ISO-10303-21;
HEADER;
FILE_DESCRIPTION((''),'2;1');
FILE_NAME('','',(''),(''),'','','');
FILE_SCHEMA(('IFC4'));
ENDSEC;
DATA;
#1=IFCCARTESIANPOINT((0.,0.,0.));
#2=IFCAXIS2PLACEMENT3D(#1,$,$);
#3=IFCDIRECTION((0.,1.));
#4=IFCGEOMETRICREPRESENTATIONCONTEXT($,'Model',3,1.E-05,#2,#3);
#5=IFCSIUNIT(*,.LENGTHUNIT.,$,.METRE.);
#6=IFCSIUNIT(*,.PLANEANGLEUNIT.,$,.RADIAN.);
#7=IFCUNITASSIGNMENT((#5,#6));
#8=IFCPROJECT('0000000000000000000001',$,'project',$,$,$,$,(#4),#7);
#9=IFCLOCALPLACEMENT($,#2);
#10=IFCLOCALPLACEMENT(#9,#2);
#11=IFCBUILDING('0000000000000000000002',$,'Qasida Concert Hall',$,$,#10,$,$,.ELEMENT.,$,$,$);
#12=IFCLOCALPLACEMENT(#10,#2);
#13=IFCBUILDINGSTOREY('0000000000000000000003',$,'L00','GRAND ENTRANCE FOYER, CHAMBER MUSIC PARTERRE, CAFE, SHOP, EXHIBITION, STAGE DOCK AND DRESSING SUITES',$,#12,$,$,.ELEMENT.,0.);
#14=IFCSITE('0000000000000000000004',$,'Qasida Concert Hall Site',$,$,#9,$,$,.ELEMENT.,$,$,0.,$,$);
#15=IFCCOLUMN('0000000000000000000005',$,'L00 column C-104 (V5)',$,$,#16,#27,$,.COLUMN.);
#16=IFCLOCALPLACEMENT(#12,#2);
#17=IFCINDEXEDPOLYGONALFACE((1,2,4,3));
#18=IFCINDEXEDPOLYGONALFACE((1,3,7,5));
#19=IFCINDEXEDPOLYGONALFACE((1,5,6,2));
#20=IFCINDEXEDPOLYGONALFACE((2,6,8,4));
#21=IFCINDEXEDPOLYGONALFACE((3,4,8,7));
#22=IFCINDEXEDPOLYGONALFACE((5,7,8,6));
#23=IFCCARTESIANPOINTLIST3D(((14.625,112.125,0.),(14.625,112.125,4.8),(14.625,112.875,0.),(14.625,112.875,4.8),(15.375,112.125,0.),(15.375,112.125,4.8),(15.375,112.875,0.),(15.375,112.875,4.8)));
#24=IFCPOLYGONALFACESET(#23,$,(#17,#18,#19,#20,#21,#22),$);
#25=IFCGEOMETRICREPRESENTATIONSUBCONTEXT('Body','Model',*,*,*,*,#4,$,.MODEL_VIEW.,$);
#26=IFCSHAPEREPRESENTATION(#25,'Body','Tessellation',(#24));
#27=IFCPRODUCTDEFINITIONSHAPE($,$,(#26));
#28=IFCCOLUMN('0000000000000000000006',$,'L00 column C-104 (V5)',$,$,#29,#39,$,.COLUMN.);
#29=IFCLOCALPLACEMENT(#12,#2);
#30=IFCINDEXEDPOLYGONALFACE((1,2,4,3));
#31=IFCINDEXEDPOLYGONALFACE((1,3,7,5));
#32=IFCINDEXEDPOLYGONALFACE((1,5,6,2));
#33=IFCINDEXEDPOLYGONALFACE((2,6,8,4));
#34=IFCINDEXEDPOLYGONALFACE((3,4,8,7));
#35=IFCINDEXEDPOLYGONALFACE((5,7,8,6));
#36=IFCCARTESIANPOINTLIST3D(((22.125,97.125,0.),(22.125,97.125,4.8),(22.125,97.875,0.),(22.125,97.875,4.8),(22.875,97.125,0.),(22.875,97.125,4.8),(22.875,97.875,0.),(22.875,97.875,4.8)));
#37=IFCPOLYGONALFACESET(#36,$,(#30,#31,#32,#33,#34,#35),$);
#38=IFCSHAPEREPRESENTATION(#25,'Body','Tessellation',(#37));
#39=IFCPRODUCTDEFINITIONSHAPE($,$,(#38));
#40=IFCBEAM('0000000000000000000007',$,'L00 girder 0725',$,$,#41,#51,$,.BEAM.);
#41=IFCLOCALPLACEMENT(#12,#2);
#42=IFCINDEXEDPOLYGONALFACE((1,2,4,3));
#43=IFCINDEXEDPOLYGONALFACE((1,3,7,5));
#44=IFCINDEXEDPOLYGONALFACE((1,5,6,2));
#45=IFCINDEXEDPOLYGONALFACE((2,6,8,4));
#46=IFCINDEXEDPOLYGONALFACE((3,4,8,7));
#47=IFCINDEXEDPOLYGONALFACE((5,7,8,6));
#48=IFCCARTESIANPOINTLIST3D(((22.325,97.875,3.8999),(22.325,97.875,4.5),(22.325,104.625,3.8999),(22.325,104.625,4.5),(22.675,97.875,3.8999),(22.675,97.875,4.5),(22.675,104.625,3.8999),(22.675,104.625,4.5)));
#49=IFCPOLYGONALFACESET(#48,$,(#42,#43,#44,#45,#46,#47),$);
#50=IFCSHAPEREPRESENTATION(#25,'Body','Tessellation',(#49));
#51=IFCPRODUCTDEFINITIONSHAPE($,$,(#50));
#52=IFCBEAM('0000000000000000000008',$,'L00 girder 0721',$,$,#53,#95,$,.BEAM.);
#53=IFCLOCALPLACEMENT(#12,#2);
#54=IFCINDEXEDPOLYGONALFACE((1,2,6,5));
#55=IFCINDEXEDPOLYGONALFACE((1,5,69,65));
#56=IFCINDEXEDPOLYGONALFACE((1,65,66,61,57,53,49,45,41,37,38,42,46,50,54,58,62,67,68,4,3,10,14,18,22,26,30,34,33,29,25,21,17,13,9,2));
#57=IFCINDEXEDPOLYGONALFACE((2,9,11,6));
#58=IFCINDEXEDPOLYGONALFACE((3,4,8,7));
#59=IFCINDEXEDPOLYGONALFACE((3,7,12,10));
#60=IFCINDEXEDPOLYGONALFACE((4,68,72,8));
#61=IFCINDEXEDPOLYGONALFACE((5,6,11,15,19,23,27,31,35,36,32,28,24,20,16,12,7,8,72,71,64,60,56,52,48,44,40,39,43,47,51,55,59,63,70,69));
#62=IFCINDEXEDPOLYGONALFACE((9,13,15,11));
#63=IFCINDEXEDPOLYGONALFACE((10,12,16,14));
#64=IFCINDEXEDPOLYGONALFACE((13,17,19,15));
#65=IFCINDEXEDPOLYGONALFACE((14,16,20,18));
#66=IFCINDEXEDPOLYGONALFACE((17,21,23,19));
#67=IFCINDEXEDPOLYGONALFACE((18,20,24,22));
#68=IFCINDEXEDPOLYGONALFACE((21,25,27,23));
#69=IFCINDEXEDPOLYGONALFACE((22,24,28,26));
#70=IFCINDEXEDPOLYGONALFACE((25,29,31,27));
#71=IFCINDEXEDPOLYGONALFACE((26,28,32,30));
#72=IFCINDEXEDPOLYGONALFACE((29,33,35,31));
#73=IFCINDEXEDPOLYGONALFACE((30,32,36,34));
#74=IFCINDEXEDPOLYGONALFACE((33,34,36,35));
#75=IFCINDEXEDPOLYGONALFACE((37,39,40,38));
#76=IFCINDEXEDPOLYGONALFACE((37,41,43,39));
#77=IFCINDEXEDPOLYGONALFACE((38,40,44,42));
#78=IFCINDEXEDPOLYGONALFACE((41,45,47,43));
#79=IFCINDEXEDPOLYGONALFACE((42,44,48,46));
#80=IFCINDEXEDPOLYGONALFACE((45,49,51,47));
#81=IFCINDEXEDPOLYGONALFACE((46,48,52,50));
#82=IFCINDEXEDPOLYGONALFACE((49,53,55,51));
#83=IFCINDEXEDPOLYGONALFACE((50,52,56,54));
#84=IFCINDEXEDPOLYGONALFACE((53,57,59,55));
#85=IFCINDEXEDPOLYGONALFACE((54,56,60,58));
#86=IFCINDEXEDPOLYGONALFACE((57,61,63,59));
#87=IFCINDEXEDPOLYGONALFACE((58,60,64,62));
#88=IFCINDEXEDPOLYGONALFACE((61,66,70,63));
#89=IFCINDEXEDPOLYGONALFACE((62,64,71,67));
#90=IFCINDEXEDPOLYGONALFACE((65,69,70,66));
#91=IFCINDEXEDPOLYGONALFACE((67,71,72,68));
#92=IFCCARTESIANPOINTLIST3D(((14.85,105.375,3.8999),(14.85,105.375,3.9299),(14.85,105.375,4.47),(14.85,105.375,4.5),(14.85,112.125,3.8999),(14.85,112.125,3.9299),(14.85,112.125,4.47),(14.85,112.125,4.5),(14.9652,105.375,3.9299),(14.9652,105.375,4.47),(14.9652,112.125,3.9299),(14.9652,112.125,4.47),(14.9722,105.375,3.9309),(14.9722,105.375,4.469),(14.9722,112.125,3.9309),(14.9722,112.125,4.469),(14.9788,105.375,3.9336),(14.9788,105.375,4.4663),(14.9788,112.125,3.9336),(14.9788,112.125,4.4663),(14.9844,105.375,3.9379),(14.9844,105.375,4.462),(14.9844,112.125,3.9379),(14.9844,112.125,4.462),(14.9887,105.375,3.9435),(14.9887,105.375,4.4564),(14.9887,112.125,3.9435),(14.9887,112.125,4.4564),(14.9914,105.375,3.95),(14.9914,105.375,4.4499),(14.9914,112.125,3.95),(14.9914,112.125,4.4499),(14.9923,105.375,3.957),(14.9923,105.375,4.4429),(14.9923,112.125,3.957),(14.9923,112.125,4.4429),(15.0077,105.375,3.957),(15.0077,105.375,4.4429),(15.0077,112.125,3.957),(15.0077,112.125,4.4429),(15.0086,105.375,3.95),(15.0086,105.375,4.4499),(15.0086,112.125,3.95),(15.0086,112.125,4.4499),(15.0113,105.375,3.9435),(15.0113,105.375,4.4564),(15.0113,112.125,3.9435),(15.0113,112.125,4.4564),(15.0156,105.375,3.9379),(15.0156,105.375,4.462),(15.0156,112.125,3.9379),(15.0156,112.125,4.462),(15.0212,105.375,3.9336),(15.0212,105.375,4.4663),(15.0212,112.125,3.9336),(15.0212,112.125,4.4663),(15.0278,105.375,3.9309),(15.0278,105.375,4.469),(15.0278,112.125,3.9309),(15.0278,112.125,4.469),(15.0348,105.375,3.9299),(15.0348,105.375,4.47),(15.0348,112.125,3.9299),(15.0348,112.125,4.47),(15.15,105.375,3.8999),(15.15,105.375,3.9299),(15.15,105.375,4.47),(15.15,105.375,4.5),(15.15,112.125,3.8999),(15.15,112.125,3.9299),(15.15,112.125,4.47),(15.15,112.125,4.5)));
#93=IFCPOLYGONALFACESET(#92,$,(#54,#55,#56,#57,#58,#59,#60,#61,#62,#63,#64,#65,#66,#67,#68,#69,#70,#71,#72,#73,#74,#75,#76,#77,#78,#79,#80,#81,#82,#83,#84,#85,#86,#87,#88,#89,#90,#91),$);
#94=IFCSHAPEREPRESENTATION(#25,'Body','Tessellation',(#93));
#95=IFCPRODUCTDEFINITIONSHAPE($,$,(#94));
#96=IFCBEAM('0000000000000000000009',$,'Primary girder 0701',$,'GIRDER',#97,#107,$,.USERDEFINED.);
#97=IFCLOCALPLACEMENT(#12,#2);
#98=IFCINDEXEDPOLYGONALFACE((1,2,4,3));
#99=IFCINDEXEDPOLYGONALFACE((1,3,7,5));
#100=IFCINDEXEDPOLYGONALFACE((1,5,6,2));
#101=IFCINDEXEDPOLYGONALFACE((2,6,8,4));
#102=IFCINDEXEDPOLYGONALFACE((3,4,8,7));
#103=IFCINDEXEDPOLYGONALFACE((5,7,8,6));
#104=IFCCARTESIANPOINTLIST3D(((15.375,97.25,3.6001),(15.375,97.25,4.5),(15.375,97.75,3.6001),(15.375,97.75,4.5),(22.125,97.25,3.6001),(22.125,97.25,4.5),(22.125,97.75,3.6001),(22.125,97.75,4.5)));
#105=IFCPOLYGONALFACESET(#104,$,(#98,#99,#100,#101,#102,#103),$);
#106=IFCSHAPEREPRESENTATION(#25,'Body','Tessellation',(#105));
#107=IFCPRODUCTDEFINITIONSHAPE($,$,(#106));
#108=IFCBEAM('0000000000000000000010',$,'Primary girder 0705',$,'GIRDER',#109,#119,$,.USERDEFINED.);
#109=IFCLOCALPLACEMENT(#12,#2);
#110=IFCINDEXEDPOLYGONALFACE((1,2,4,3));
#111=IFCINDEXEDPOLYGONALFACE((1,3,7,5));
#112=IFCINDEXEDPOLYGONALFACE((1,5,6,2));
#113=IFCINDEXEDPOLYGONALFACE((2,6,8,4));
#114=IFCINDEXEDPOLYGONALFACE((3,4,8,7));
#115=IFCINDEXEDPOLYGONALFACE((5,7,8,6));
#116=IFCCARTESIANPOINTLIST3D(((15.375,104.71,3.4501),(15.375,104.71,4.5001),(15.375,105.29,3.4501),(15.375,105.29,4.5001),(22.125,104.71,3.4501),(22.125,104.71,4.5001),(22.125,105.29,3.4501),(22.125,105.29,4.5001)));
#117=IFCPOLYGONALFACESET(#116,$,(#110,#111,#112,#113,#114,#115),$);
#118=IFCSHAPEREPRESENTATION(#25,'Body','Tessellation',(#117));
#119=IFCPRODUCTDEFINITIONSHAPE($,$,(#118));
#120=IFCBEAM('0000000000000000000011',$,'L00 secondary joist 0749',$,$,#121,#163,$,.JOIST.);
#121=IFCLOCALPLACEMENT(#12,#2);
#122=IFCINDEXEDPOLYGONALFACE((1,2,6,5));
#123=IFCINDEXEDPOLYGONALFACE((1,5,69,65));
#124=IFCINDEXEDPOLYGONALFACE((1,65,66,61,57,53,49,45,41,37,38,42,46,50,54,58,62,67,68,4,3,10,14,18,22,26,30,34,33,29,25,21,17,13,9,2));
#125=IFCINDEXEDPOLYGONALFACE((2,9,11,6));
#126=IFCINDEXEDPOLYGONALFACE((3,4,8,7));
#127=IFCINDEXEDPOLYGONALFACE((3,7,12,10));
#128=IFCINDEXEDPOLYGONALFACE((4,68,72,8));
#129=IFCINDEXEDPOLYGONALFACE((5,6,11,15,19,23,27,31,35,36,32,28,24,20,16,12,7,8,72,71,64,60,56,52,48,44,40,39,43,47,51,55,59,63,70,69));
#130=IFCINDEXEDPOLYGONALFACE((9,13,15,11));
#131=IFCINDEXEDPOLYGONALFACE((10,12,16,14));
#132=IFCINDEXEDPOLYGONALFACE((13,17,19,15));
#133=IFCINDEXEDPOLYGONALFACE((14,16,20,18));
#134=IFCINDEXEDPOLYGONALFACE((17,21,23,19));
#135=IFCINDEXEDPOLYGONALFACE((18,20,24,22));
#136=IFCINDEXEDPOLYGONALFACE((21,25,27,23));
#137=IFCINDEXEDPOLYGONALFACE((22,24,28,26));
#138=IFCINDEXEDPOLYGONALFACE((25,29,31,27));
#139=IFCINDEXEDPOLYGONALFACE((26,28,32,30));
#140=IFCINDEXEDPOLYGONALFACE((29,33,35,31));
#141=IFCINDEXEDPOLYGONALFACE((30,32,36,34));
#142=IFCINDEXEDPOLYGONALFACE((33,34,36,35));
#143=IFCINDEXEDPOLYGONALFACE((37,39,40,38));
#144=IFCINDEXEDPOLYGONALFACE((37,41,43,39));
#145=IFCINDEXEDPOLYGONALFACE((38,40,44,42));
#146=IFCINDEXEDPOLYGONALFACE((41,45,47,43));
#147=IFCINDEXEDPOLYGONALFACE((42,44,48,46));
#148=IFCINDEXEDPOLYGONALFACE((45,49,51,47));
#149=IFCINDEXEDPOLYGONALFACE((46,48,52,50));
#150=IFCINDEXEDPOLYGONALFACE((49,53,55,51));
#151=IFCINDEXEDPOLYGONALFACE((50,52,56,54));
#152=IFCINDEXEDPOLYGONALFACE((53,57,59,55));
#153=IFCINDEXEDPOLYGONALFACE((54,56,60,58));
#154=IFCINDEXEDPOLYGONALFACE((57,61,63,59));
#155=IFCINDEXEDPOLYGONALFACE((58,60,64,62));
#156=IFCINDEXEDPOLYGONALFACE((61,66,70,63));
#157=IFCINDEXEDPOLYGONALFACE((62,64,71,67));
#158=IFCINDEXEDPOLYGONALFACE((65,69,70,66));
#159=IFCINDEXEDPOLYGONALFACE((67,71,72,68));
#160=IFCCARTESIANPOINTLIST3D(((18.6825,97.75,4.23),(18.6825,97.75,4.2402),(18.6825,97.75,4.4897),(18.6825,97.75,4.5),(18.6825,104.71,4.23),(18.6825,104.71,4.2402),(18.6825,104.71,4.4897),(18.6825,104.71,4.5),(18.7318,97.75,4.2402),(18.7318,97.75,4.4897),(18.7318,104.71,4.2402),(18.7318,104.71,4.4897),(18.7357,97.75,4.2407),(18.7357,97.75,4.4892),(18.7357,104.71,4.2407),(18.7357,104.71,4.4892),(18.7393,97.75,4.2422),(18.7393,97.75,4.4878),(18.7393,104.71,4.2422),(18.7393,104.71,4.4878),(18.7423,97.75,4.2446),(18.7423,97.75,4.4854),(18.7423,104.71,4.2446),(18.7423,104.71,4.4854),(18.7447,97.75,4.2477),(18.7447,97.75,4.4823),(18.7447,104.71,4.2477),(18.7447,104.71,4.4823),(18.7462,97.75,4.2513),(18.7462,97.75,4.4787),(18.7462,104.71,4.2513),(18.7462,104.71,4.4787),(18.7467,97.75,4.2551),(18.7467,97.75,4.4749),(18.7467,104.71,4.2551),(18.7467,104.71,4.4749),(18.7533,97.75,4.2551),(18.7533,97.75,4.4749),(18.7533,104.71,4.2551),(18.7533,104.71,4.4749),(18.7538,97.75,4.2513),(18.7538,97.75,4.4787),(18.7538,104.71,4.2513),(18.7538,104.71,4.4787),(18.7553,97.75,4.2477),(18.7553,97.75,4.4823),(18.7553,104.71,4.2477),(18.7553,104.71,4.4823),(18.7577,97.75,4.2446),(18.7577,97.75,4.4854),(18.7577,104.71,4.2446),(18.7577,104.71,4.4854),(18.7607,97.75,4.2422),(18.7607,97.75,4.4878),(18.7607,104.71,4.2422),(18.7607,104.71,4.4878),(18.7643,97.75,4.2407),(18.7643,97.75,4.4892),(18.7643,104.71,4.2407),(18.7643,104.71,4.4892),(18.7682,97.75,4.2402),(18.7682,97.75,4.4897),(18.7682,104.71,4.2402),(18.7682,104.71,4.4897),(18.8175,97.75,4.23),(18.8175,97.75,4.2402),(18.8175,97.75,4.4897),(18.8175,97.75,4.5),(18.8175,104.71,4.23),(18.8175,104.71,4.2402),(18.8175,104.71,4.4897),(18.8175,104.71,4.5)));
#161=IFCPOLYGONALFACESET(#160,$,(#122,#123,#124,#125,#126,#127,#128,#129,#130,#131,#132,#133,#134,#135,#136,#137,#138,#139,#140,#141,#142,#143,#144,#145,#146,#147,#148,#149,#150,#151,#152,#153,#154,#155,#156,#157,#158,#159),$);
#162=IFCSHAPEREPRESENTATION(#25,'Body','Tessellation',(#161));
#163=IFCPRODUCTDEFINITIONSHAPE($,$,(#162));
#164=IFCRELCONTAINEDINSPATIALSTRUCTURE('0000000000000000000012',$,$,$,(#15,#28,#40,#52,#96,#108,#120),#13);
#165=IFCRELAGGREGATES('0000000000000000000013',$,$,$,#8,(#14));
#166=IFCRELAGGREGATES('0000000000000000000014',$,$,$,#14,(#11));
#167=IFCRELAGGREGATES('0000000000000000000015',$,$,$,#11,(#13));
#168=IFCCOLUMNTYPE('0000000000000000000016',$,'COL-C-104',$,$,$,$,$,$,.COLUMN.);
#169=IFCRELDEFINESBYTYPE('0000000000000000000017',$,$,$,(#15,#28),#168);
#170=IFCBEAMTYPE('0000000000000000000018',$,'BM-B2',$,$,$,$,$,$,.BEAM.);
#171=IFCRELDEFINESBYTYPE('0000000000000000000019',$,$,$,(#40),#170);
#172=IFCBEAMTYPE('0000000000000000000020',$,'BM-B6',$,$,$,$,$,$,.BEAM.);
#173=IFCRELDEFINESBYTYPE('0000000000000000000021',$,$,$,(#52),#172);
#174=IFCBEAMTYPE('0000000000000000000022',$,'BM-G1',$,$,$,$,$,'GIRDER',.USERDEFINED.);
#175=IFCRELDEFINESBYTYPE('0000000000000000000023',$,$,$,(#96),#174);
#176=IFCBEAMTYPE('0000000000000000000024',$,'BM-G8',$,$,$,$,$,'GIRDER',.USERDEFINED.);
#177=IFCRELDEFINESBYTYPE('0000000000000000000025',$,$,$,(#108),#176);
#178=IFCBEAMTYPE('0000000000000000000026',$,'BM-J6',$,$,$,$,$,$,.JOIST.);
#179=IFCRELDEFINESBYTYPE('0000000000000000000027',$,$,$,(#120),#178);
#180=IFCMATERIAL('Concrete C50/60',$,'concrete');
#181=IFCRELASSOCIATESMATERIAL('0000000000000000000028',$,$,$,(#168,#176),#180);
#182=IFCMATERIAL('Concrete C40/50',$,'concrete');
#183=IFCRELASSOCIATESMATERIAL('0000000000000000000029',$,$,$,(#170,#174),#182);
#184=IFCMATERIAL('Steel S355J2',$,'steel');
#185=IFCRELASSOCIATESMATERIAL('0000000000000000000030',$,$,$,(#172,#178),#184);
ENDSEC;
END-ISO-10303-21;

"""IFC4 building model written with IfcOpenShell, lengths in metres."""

from ifc_helpers import new_model, si_unit, direction, frame, origin, origin_2d, place, context, subcontext, project, spatial, rectangle, i_section, extrude, material, material_profile, profile_set, type_object, element, save


model = new_model("IFC4")

# Units and contexts
model_context = context("Model", 3, precision=1e-05, world=origin(), true_north=direction((0.0, 1.0)))
body_context = subcontext(model_context, "Body", "Model", "MODEL_VIEW")
ifc_project = project(units=[si_unit("LENGTHUNIT", "METRE"), si_unit("PLANEANGLEUNIT", "RADIAN")], contexts=[model_context])

# Site, building, storey
site_placement = place(None, origin())
site = spatial("IfcSite", under=ifc_project, at=site_placement, Name="Qasida Concert Hall Site", CompositionType="ELEMENT", RefElevation=0.0)
building_placement = place(site_placement, origin())
building = spatial("IfcBuilding", under=site, at=building_placement, Name="Qasida Concert Hall", CompositionType="ELEMENT")
storey_placement = place(building_placement, origin())
storey = spatial("IfcBuildingStorey", under=building, at=storey_placement, Name="L00", Description="GRAND ENTRANCE FOYER, CHAMBER MUSIC PARTERRE, CAFE, SHOP, EXHIBITION, STAGE DOCK AND DRESSING SUITES", CompositionType="ELEMENT", Elevation=0.0)

# Columns
ifc_material_1 = material(Name="Concrete C50/60", Category="concrete")
ifc_material_profile_1 = material_profile(ifc_material_1, rectangle(XDim=0.75, YDim=0.75, at=origin_2d()), Name="RC 750x750")
ifc_profile_set_1 = profile_set([ifc_material_profile_1], Name="Concrete C50/60")
column_type = type_object("IfcColumnType", Name="COL-C-104", PredefinedType="COLUMN", material=ifc_profile_set_1)
for number, where, z_axis, x_axis, name in (
    (1, (15.0, 112.5, 0.0), (0.0, 0.0, 1.0), (1.0, 0.0, 0.0), "L00 column C-104 (V5)"),
    (2, (22.5, 97.5, 0.0), (0.0, 0.0, 1.0), (1.0, 0.0, 0.0), "L00 column C-104 (V5)"),
):
    element("IfcColumn", number, at=place(storey_placement, frame(where, z_axis=z_axis, x_axis=x_axis)), inside=storey, type_object=column_type, Name=name, PredefinedType="COLUMN", context=body_context, shape_type="SweptSolid", body=[
        extrude(rectangle(XDim=0.75, YDim=0.75, at=origin_2d()), origin(), (0.0, 0.0, 1.0), 4.8),
    ])

# Beams
ifc_material_2 = material(Name="Concrete C40/50", Category="concrete")
ifc_material_profile_2 = material_profile(ifc_material_2, rectangle(XDim=0.3501, YDim=0.6001, at=origin_2d()), Name="RC 350x600")
ifc_profile_set_2 = profile_set([ifc_material_profile_2], Name="Concrete C40/50")
beam_type_1 = type_object("IfcBeamType", Name="BM-B2", PredefinedType="BEAM", material=ifc_profile_set_2)
beam_1_placement = place(storey_placement, frame((22.5, 97.875, 4.2), z_axis=(0.0, 1.0, 0.0), x_axis=(-1.0, 0.0, 0.0)))
element("IfcBeam", 3, at=beam_1_placement, inside=storey, type_object=beam_type_1, Name="L00 girder 0725", PredefinedType="BEAM", context=body_context, shape_type="SweptSolid", body=[
    extrude(rectangle(XDim=0.3501, YDim=0.6001, at=origin_2d()), origin(), (0.0, 0.0, 1.0), 6.75),
])
ifc_material_3 = material(Name="Steel S355J2", Category="steel")
ifc_material_profile_3 = material_profile(ifc_material_3, i_section(OverallWidth=0.3, OverallDepth=0.6001, WebThickness=0.0154, FlangeThickness=0.03, FilletRadius=0.0271, at=origin_2d()), Name="HEB 600")
ifc_profile_set_3 = profile_set([ifc_material_profile_3], Name="Steel S355J2")
beam_type_2 = type_object("IfcBeamType", Name="BM-B6", PredefinedType="BEAM", material=ifc_profile_set_3)
beam_2_placement = place(storey_placement, frame((15.0, 105.375, 4.2), z_axis=(0.0, 1.0, 0.0), x_axis=(-1.0, 0.0, 0.0)))
element("IfcBeam", 4, at=beam_2_placement, inside=storey, type_object=beam_type_2, Name="L00 girder 0721", PredefinedType="BEAM", context=body_context, shape_type="SweptSolid", body=[
    extrude(i_section(OverallWidth=0.3, OverallDepth=0.6001, WebThickness=0.0154, FlangeThickness=0.03, FilletRadius=0.0271, at=origin_2d()), origin(), (0.0, 0.0, 1.0), 6.75),
])
ifc_material_profile_4 = material_profile(ifc_material_2, rectangle(XDim=0.5, YDim=0.8999, at=origin_2d()), Name="RC 500x900")
ifc_profile_set_4 = profile_set([ifc_material_profile_4], Name="Concrete C40/50")
beam_type_3 = type_object("IfcBeamType", Name="BM-G1", ElementType="GIRDER", PredefinedType="USERDEFINED", material=ifc_profile_set_4)
beam_3_placement = place(storey_placement, frame((15.375, 97.5, 4.05), z_axis=(1.0, 0.0, 0.0), x_axis=(0.0, 1.0, 0.0)))
element("IfcBeam", 5, at=beam_3_placement, inside=storey, type_object=beam_type_3, Name="Primary girder 0701", ObjectType="GIRDER", PredefinedType="USERDEFINED", context=body_context, shape_type="SweptSolid", body=[
    extrude(rectangle(XDim=0.5, YDim=0.8999, at=origin_2d()), origin(), (0.0, 0.0, 1.0), 6.75),
])
ifc_material_profile_5 = material_profile(ifc_material_1, rectangle(XDim=0.5801, YDim=1.05, at=origin_2d()), Name="RC 580x1050")
ifc_profile_set_5 = profile_set([ifc_material_profile_5], Name="Concrete C50/60")
beam_type_4 = type_object("IfcBeamType", Name="BM-G8", ElementType="GIRDER", PredefinedType="USERDEFINED", material=ifc_profile_set_5)
beam_4_placement = place(storey_placement, frame((15.375, 105.0, 3.9751), z_axis=(1.0, 0.0, 0.0), x_axis=(0.0, 1.0, 0.0)))
element("IfcBeam", 6, at=beam_4_placement, inside=storey, type_object=beam_type_4, Name="Primary girder 0705", ObjectType="GIRDER", PredefinedType="USERDEFINED", context=body_context, shape_type="SweptSolid", body=[
    extrude(rectangle(XDim=0.5801, YDim=1.05, at=origin_2d()), origin(), (0.0, 0.0, 1.0), 6.75),
])
ifc_material_profile_6 = material_profile(ifc_material_3, i_section(OverallWidth=0.135, OverallDepth=0.27, WebThickness=0.0066, FlangeThickness=0.0103, FilletRadius=0.0149, at=origin_2d()), Name="IPE 270")
ifc_profile_set_6 = profile_set([ifc_material_profile_6], Name="Steel S355J2")
beam_type_5 = type_object("IfcBeamType", Name="BM-J6", PredefinedType="JOIST", material=ifc_profile_set_6)
beam_5_placement = place(storey_placement, frame((18.75, 97.75, 4.365), z_axis=(0.0, 1.0, 0.0), x_axis=(-1.0, 0.0, 0.0)))
element("IfcBeam", 7, at=beam_5_placement, inside=storey, type_object=beam_type_5, Name="L00 secondary joist 0749", PredefinedType="JOIST", context=body_context, shape_type="SweptSolid", body=[
    extrude(i_section(OverallWidth=0.135, OverallDepth=0.27, WebThickness=0.0066, FlangeThickness=0.0103, FilletRadius=0.0149, at=origin_2d()), origin(), (0.0, 0.0, 1.0), 6.96),
])

save(model, "model.ifc")
